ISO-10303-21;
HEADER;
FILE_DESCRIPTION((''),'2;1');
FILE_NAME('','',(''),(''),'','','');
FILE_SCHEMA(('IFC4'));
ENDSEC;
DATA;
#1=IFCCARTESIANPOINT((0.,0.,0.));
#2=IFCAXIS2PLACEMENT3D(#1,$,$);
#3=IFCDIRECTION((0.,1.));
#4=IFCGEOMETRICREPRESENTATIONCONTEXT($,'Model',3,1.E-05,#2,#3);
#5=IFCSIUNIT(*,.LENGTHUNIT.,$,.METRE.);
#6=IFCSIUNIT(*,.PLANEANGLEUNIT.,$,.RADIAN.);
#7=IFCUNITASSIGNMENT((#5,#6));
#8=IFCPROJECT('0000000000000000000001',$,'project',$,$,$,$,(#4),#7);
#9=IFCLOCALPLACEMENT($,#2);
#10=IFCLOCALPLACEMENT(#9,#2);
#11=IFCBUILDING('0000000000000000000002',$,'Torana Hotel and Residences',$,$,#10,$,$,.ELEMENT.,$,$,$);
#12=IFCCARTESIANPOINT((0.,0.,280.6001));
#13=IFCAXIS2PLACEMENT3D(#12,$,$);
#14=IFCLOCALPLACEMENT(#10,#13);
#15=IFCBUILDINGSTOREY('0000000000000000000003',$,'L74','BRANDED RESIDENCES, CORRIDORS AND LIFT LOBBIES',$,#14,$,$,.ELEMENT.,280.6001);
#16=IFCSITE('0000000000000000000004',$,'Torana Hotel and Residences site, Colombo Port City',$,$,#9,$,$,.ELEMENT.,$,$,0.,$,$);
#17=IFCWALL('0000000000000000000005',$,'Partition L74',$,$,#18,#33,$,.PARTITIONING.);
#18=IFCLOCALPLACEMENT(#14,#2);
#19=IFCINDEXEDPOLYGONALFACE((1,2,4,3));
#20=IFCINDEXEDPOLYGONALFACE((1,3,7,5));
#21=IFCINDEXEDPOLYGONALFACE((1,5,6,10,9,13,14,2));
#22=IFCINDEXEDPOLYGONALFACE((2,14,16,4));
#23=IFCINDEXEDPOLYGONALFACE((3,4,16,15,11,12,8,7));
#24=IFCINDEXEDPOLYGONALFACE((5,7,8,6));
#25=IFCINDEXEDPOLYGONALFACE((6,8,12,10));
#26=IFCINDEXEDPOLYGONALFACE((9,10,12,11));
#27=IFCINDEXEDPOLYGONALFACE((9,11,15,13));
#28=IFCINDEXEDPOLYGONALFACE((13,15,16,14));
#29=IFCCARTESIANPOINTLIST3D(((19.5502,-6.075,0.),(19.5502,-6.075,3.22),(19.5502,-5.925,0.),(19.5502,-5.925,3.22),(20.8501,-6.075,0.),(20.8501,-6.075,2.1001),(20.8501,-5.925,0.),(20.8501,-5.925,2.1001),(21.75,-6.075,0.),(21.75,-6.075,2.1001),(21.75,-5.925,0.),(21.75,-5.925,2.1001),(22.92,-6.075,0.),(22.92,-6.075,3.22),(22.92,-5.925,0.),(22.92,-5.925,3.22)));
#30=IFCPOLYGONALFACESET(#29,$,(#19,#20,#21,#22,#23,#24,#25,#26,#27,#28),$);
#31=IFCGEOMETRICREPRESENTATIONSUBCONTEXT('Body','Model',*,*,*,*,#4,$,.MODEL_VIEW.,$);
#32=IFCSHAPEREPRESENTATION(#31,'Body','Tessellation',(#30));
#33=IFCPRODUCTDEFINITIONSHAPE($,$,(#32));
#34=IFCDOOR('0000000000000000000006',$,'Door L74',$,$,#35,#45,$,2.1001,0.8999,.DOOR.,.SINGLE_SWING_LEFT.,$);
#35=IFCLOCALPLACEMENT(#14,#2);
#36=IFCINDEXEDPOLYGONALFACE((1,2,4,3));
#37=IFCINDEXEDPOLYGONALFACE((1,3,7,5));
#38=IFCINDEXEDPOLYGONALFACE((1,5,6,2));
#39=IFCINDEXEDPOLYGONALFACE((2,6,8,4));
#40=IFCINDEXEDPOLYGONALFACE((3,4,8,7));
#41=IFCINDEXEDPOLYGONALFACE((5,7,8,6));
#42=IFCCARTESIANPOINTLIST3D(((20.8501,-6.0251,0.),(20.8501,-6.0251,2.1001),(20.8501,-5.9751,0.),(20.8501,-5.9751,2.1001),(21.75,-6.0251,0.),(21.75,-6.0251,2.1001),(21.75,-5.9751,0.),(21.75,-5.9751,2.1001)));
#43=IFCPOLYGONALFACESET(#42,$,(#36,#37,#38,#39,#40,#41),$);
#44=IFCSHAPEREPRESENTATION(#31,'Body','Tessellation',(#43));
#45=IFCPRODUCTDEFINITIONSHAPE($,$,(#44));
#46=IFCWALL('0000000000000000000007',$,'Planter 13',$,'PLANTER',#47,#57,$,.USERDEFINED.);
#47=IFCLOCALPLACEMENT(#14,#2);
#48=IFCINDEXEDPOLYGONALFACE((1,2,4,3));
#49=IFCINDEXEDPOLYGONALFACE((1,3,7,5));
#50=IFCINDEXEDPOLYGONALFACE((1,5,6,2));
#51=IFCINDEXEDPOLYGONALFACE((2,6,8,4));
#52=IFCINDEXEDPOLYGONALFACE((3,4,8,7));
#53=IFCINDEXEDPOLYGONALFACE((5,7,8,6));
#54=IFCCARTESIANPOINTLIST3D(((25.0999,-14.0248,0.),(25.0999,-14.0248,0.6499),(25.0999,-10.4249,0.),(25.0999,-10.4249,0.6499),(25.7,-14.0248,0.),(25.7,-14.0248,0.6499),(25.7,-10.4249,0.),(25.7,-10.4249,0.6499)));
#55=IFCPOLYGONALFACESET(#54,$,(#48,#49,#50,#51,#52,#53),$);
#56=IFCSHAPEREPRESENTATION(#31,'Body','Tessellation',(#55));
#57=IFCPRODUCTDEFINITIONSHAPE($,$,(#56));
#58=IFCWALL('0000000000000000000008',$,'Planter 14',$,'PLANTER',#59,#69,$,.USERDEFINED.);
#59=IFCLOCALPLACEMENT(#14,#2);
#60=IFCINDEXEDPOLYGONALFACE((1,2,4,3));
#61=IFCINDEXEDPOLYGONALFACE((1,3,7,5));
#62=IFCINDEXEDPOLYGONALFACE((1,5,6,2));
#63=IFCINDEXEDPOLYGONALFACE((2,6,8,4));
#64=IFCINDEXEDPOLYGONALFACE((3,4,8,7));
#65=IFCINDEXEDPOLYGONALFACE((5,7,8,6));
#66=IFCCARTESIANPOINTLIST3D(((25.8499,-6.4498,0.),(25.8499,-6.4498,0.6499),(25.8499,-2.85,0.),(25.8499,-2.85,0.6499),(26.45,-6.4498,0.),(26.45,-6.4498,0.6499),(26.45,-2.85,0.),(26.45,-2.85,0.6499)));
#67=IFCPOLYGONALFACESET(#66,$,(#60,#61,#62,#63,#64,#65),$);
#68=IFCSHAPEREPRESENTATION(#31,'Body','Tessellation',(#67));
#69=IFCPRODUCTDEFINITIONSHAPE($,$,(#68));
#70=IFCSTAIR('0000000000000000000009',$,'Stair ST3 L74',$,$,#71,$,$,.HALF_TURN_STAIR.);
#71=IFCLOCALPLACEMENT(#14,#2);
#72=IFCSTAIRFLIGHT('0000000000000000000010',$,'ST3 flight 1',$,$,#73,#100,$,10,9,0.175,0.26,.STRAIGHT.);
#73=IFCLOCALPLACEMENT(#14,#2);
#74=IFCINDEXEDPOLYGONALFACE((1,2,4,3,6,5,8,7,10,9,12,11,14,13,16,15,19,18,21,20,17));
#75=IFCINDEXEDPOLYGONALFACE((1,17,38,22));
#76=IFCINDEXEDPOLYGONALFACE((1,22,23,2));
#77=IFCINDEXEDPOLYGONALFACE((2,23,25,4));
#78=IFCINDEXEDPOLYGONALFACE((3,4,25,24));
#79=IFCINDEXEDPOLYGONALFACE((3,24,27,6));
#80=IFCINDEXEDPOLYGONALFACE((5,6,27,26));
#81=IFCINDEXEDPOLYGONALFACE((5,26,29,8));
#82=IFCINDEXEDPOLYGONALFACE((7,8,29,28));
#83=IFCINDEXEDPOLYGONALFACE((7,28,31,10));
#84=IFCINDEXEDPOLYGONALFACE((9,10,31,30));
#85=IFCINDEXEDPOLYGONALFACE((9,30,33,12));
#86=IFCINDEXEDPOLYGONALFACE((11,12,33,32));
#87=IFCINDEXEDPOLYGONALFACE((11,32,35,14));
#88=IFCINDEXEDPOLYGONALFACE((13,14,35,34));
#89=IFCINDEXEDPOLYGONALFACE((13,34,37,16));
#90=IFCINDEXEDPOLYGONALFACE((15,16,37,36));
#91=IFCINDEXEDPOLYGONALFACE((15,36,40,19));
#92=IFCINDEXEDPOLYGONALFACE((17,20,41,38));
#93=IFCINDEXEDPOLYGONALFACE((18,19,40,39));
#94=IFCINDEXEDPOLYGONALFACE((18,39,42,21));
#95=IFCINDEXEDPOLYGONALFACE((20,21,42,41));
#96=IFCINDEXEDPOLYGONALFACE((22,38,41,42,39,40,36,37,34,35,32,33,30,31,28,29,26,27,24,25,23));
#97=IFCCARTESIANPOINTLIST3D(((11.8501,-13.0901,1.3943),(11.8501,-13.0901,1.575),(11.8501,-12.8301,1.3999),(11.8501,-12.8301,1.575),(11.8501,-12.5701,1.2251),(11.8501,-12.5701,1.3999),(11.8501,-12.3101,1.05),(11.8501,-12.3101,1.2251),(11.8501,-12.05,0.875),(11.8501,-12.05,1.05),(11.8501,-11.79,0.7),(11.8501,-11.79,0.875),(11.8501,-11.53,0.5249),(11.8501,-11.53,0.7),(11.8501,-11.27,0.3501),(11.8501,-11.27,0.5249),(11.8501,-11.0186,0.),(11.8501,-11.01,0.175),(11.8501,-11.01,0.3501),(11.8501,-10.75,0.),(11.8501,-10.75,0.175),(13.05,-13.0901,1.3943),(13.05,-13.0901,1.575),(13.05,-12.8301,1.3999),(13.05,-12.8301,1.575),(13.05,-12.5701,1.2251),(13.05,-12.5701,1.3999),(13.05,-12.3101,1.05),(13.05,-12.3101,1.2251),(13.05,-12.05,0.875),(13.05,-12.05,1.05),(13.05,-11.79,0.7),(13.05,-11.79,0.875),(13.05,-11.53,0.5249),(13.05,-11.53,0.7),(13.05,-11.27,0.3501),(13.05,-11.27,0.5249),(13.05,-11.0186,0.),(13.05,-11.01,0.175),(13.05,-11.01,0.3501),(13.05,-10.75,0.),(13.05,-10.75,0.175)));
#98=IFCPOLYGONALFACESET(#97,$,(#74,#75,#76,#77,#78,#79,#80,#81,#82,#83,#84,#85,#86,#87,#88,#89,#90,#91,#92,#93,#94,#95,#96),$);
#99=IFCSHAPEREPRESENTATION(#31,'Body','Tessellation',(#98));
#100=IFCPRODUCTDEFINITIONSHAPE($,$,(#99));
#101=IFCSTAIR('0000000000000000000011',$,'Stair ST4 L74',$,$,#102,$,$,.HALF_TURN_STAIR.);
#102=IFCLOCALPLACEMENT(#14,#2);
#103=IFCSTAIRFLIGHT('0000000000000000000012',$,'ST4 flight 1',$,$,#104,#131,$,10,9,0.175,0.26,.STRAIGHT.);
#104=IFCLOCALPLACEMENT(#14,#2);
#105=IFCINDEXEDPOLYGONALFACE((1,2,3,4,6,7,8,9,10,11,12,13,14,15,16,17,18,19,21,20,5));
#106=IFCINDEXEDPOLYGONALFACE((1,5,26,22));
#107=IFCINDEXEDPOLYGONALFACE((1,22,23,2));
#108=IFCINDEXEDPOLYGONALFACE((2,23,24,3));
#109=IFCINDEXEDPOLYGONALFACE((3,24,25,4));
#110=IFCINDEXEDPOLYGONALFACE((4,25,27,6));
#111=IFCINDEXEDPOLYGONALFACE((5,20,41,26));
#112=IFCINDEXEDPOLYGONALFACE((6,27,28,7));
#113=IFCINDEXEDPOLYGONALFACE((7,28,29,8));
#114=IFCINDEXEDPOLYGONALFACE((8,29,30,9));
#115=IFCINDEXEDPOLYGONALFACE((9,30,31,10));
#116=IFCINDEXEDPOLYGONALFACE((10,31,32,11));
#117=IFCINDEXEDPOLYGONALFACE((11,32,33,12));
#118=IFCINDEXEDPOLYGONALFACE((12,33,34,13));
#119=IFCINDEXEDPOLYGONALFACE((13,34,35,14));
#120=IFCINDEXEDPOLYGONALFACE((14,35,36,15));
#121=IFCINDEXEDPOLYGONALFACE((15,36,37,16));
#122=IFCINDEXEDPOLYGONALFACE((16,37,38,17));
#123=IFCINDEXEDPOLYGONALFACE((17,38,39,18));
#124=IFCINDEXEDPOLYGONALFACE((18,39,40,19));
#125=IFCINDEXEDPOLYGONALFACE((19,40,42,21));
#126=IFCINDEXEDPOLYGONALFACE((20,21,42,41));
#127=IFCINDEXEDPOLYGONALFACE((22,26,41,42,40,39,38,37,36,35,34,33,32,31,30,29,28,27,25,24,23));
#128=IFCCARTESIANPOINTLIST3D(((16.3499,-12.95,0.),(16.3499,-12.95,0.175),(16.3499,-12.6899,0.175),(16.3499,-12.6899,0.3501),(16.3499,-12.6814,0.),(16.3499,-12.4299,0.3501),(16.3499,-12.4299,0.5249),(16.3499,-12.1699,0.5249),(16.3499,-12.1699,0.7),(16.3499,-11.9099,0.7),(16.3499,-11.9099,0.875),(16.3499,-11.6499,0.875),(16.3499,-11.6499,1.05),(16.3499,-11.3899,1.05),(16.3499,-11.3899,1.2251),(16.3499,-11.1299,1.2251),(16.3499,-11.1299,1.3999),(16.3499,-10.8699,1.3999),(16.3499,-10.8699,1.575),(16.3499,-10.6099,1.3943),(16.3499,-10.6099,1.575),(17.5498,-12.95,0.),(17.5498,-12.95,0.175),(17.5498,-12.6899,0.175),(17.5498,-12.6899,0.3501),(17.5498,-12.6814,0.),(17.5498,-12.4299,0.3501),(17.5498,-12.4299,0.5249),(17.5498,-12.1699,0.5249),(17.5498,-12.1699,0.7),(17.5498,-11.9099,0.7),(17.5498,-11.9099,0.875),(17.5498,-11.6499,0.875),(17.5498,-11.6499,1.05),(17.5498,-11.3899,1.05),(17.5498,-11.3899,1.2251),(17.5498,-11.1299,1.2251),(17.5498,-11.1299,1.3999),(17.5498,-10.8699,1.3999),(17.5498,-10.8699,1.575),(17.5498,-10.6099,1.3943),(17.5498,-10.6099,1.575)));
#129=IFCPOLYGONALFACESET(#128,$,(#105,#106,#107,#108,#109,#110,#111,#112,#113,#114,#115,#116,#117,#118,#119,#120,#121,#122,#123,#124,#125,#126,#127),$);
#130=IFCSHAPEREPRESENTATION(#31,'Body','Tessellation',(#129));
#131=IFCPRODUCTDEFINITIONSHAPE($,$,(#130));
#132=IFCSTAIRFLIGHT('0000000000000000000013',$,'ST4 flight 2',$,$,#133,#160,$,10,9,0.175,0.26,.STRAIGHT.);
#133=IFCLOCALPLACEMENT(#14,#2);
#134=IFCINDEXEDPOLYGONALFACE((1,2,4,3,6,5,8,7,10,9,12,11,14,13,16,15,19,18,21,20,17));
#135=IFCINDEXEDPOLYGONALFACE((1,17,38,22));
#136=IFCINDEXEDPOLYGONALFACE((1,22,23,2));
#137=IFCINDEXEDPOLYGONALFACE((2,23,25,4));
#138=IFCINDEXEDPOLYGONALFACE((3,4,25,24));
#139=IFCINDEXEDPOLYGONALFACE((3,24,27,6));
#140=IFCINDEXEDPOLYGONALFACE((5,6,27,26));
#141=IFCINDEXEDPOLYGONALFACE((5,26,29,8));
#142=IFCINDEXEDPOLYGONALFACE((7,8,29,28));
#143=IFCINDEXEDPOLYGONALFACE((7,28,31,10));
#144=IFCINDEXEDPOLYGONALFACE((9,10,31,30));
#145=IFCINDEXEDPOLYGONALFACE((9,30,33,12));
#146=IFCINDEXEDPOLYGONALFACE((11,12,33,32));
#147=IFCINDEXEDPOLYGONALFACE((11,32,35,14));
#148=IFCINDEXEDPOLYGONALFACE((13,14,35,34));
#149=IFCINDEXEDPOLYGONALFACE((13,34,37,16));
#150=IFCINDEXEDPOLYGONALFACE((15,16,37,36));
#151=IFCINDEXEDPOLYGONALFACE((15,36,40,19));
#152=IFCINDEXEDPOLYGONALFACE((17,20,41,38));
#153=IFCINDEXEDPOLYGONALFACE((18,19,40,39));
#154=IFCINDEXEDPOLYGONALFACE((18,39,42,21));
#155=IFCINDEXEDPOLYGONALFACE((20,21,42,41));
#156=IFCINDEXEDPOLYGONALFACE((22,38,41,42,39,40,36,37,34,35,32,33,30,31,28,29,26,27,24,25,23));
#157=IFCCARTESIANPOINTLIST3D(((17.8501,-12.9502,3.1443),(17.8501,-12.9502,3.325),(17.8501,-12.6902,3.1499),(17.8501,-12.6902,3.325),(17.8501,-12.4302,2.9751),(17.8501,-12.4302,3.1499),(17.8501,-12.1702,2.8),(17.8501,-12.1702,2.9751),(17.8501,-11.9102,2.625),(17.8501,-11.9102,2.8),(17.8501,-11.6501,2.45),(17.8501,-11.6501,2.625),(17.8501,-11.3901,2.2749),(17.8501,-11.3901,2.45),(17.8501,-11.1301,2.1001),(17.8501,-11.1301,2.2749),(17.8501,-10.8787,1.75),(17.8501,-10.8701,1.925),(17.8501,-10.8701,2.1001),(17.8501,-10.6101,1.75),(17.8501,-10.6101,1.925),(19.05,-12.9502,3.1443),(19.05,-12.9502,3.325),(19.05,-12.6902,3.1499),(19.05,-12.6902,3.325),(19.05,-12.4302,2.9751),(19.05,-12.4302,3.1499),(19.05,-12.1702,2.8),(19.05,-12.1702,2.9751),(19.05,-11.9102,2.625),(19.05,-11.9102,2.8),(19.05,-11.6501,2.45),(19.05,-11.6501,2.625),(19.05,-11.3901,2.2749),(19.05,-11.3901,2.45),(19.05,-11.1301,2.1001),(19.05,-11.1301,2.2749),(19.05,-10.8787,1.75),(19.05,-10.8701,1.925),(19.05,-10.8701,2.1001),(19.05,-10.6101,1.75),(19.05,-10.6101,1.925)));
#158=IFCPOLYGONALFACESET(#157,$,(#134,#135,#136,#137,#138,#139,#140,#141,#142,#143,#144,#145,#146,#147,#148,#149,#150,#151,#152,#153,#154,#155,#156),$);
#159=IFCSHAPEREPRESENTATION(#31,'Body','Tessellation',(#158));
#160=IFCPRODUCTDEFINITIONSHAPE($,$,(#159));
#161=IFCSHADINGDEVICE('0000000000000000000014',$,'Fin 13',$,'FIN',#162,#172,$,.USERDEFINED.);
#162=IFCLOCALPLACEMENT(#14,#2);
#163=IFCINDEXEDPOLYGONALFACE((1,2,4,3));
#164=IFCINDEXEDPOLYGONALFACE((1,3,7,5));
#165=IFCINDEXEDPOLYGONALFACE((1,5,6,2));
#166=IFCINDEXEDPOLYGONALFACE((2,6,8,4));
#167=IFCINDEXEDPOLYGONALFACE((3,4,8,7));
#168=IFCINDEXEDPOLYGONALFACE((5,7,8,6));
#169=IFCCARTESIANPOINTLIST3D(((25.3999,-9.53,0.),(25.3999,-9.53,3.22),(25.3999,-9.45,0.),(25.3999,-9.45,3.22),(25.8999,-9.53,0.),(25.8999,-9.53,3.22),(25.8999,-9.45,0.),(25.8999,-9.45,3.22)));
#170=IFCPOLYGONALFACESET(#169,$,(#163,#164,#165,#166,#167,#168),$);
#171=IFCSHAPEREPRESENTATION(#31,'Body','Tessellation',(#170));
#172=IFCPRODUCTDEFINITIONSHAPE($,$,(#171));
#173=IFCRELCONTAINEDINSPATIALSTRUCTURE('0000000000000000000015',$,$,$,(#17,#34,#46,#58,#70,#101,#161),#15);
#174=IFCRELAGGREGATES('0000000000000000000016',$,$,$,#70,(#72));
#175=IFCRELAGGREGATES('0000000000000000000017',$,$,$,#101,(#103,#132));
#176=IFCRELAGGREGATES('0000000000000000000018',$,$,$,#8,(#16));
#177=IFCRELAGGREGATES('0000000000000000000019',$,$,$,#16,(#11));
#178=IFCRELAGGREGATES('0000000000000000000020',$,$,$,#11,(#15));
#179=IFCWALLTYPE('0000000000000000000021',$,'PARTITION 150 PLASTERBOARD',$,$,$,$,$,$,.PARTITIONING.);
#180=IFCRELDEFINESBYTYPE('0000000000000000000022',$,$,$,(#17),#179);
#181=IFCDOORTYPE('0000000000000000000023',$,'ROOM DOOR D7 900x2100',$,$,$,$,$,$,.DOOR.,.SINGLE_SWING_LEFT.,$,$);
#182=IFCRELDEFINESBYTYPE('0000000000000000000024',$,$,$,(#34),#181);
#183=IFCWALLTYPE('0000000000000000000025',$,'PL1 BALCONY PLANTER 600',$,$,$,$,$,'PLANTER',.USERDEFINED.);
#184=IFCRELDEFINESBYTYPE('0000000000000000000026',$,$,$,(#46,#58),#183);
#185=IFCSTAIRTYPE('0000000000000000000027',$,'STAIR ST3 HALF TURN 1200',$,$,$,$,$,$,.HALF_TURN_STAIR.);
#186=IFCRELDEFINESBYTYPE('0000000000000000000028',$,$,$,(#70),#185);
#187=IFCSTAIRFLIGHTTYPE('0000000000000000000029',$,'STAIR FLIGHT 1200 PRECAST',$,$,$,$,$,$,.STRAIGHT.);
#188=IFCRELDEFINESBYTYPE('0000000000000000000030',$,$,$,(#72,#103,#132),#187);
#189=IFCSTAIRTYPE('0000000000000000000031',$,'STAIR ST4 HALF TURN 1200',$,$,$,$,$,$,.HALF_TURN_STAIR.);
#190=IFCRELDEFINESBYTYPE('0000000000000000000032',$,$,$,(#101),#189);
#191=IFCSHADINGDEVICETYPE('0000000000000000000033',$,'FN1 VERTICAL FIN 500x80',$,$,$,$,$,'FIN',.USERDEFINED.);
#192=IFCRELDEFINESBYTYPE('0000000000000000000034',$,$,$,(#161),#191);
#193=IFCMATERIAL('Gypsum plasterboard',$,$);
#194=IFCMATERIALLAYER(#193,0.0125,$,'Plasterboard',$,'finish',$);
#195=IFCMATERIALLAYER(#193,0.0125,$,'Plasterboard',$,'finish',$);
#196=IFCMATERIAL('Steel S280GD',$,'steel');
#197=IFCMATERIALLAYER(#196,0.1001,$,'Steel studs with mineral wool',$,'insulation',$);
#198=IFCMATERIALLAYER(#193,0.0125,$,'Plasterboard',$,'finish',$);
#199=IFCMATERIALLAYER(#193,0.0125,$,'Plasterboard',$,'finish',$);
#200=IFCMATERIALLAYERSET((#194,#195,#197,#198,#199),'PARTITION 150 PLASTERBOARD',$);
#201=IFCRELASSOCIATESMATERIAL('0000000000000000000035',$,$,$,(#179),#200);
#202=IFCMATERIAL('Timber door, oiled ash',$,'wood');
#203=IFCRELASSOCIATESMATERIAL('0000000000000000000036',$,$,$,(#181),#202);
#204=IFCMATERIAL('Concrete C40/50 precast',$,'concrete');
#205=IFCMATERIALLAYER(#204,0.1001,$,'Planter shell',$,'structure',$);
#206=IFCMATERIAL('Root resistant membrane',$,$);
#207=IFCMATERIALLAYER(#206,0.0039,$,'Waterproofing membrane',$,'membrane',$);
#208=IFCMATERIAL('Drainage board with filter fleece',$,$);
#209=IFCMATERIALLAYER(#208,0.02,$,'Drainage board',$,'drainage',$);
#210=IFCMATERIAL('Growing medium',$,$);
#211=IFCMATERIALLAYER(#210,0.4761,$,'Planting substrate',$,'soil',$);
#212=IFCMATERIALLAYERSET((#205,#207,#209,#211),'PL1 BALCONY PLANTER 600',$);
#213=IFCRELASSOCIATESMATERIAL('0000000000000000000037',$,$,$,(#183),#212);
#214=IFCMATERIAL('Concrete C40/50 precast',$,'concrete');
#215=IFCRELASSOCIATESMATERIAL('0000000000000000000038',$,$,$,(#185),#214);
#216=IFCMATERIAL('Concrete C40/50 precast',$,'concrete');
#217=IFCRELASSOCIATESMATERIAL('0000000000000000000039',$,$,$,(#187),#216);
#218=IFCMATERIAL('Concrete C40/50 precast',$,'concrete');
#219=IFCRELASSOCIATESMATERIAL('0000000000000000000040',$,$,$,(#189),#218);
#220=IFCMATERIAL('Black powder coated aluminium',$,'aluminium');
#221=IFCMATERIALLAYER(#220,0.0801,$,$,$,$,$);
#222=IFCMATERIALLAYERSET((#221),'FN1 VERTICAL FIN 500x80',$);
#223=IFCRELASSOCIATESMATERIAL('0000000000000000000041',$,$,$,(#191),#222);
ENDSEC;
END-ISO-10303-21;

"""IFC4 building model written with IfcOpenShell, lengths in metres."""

from ifc_helpers import new_model, si_unit, direction, frame, frame_2d, origin, origin_2d, place, context, subcontext, project, spatial, polyline, rectangle, outline, extrude, material, layer, layer_set, type_object, element, fill, aggregate, save


model = new_model("IFC4")

# Units and contexts
model_context = context("Model", 3, precision=1e-05, world=origin(), true_north=direction((0.0, 1.0)))
body_context = subcontext(model_context, "Body", "Model", "MODEL_VIEW")
ifc_project = project(units=[si_unit("LENGTHUNIT", "METRE"), si_unit("PLANEANGLEUNIT", "RADIAN")], contexts=[model_context])

# Site, building, storey
site_placement = place(None, origin())
site = spatial("IfcSite", under=ifc_project, at=site_placement, Name="Torana Hotel and Residences site, Colombo Port City", CompositionType="ELEMENT", RefElevation=0.0)
building_placement = place(site_placement, origin())
building = spatial("IfcBuilding", under=site, at=building_placement, Name="Torana Hotel and Residences", CompositionType="ELEMENT")
storey_placement = place(building_placement, frame((0.0, 0.0, 280.6001)))
storey = spatial("IfcBuildingStorey", under=building, at=storey_placement, Name="L74", Description="BRANDED RESIDENCES, CORRIDORS AND LIFT LOBBIES", CompositionType="ELEMENT", Elevation=280.6001)

# Shared definitions
ifc_material_1 = material(Name="Steel S280GD", Category="steel")

# Shared definitions
ifc_material_2 = material(Name="Concrete C40/50 precast", Category="concrete")

# Shared definitions
ifc_material_3 = material(Name="Gypsum plasterboard")
ifc_layer_1 = layer(ifc_material_3, 0.0125, Name="Plasterboard", Category="finish")
ifc_layer_2 = layer(ifc_material_3, 0.0125, Name="Plasterboard", Category="finish")
ifc_layer_3 = layer(ifc_material_1, 0.1001, Name="Steel studs with mineral wool", Category="insulation")
ifc_layer_4 = layer(ifc_material_3, 0.0125, Name="Plasterboard", Category="finish")
ifc_layer_5 = layer(ifc_material_3, 0.0125, Name="Plasterboard", Category="finish")
ifc_layer_set_1 = layer_set([ifc_layer_1, ifc_layer_2, ifc_layer_3, ifc_layer_4, ifc_layer_5], Name="PARTITION 150 PLASTERBOARD")
wall_type_1 = type_object("IfcWallType", Name="PARTITION 150 PLASTERBOARD", PredefinedType="PARTITIONING", material=ifc_layer_set_1)

# Wall, opening, door
wall_1_placement = place(storey_placement, frame((19.55, -6.0, 0.0), z_axis=(0.0, 0.0, 1.0), x_axis=(1.0, 0.0, 0.0)))
wall_1 = element("IfcWall", 1, at=wall_1_placement, inside=storey, type_object=wall_type_1, Name="Partition L74", PredefinedType="PARTITIONING", context=body_context, shape_type="SweptSolid", body=[
    extrude(rectangle(XDim=3.3699, YDim=0.1499, at=frame_2d((1.6851, 0.0))), origin(), (0.0, 0.0, 1.0), 3.22),
])
opening_1_placement = place(wall_1_placement, frame((1.3, 0.0, 0.0)))
opening_1 = element("IfcOpeningElement", 2, at=opening_1_placement, cuts=wall_1, PredefinedType="OPENING", context=body_context, shape_type="SweptSolid", body=[
    extrude(rectangle(XDim=0.8999, YDim=2.1001, at=frame_2d((0.45, 1.05))), frame((0.0, 0.085, 0.0), z_axis=(0.0, -1.0, 0.0), x_axis=(1.0, 0.0, 0.0)), (0.0, 0.0, 1.0), 0.1699),
])
ifc_material_4 = material(Name="Timber door, oiled ash", Category="wood")
door_type = type_object("IfcDoorType", Name="ROOM DOOR D7 900x2100", OperationType="SINGLE_SWING_LEFT", PredefinedType="DOOR", material=ifc_material_4)
door_placement = place(opening_1_placement, origin())
door = element("IfcDoor", 3, at=door_placement, inside=storey, type_object=door_type, Name="Door L74", OperationType="SINGLE_SWING_LEFT", OverallHeight=2.1001, OverallWidth=0.8999, PredefinedType="DOOR", context=body_context, shape_type="SweptSolid", body=[
    extrude(rectangle(XDim=0.8999, YDim=2.1001, at=frame_2d((0.45, 1.05))), frame((0.0, 0.0249, 0.0), z_axis=(0.0, -1.0, 0.0), x_axis=(1.0, 0.0, 0.0)), (0.0, 0.0, 1.0), 0.05),
])
fill(opening_1, door)

# Walls
ifc_layer_6 = layer(ifc_material_2, 0.1001, Name="Planter shell", Category="structure")
ifc_material_5 = material(Name="Root resistant membrane")
ifc_layer_7 = layer(ifc_material_5, 0.0039, Name="Waterproofing membrane", Category="membrane")
ifc_material_6 = material(Name="Drainage board with filter fleece")
ifc_layer_8 = layer(ifc_material_6, 0.02, Name="Drainage board", Category="drainage")
ifc_material_7 = material(Name="Growing medium")
ifc_layer_9 = layer(ifc_material_7, 0.4761, Name="Planting substrate", Category="soil")
ifc_layer_set_2 = layer_set([ifc_layer_6, ifc_layer_7, ifc_layer_8, ifc_layer_9], Name="PL1 BALCONY PLANTER 600")
wall_type_2 = type_object("IfcWallType", Name="PL1 BALCONY PLANTER 600", ElementType="PLANTER", PredefinedType="USERDEFINED", material=ifc_layer_set_2)
for number, where, z_axis, x_axis, name in (
    (4, (25.3999, -10.425, 0.0), (0.0, 0.0, 1.0), (0.0, -1.0, 0.0), "Planter 13"),
    (5, (26.1499, -2.8501, 0.0), (0.0, 0.0, 1.0), (0.0, -1.0, 0.0), "Planter 14"),
):
    element("IfcWall", number, at=place(storey_placement, frame(where, z_axis=z_axis, x_axis=x_axis)), inside=storey, type_object=wall_type_2, Name=name, ObjectType="PLANTER", PredefinedType="USERDEFINED", context=body_context, shape_type="SweptSolid", body=[
        extrude(rectangle(XDim=3.5999, YDim=0.6001, at=frame_2d((1.7998, 0.0))), origin(), (0.0, 0.0, 1.0), 0.6499),
    ])

# Stair, stair flight
ifc_material_8 = material(Name="Concrete C40/50 precast", Category="concrete")
stair_type_1 = type_object("IfcStairType", Name="STAIR ST3 HALF TURN 1200", PredefinedType="HALF_TURN_STAIR", material=ifc_material_8)
stair_1_placement = place(storey_placement, origin())
stair_1 = element("IfcStair", 6, at=stair_1_placement, inside=storey, type_object=stair_type_1, Name="Stair ST3 L74", PredefinedType="HALF_TURN_STAIR")
ifc_material_9 = material(Name="Concrete C40/50 precast", Category="concrete")
stair_flight_type = type_object("IfcStairFlightType", Name="STAIR FLIGHT 1200 PRECAST", PredefinedType="STRAIGHT", material=ifc_material_9)
stair_flight_1_placement = place(storey_placement, frame((12.45, -10.75, 0.0), z_axis=(0.0, 0.0, 1.0), x_axis=(0.0, -1.0, 0.0)))
stair_flight_1 = element("IfcStairFlight", 7, at=stair_flight_1_placement, type_object=stair_flight_type, Name="ST3 flight 1", NumberOfRisers=10, NumberOfTreads=9, PredefinedType="STRAIGHT", RiserHeight=0.175, TreadLength=0.26, context=body_context, shape_type="SweptSolid", body=[
    extrude(outline(polyline([(0.0, 0.0), (0.0, 0.175), (0.26, 0.175), (0.26, 0.3501), (0.52, 0.3501), (0.52, 0.5249), (0.78, 0.5249), (0.78, 0.7), (1.04, 0.7), (1.04, 0.875), (1.3, 0.875), (1.3, 1.05), (1.5601, 1.05), (1.5601, 1.2251), (1.8201, 1.2251), (1.8201, 1.3999), (2.0801, 1.3999), (2.0801, 1.575), (2.3401, 1.575), (2.3401, 1.75), (2.3401, 1.3943), (0.2686, 0.0), (0.0, 0.0)])), frame((0.0, 0.6001, 0.0), z_axis=(0.0, -1.0, 0.0), x_axis=(1.0, 0.0, 0.0)), (0.0, 0.0, 1.0), 1.2),
])
aggregate(stair_1, [stair_flight_1])

# Stair, stair flights
ifc_material_10 = material(Name="Concrete C40/50 precast", Category="concrete")
stair_type_2 = type_object("IfcStairType", Name="STAIR ST4 HALF TURN 1200", PredefinedType="HALF_TURN_STAIR", material=ifc_material_10)
stair_2_placement = place(storey_placement, origin())
stair_2 = element("IfcStair", 8, at=stair_2_placement, inside=storey, type_object=stair_type_2, Name="Stair ST4 L74", PredefinedType="HALF_TURN_STAIR")
stair_flight_2_placement = place(storey_placement, frame((16.95, -12.95, 0.0), z_axis=(0.0, 0.0, 1.0), x_axis=(0.0, 1.0, 0.0)))
stair_flight_2 = element("IfcStairFlight", 9, at=stair_flight_2_placement, type_object=stair_flight_type, Name="ST4 flight 1", NumberOfRisers=10, NumberOfTreads=9, PredefinedType="STRAIGHT", RiserHeight=0.175, TreadLength=0.26, context=body_context, shape_type="SweptSolid", body=[
    extrude(outline(polyline([(0.0, 0.0), (0.0, 0.175), (0.26, 0.175), (0.26, 0.3501), (0.52, 0.3501), (0.52, 0.5249), (0.78, 0.5249), (0.78, 0.7), (1.04, 0.7), (1.04, 0.875), (1.3, 0.875), (1.3, 1.05), (1.5601, 1.05), (1.5601, 1.2251), (1.8201, 1.2251), (1.8201, 1.3999), (2.0801, 1.3999), (2.0801, 1.575), (2.3401, 1.575), (2.3401, 1.75), (2.3401, 1.3943), (0.2686, 0.0), (0.0, 0.0)])), frame((0.0, 0.6001, 0.0), z_axis=(0.0, -1.0, 0.0), x_axis=(1.0, 0.0, 0.0)), (0.0, 0.0, 1.0), 1.2),
])
stair_flight_3_placement = place(storey_placement, frame((18.45, -10.6101, 1.75), z_axis=(0.0, 0.0, 1.0), x_axis=(0.0, -1.0, 0.0)))
stair_flight_3 = element("IfcStairFlight", 10, at=stair_flight_3_placement, type_object=stair_flight_type, Name="ST4 flight 2", NumberOfRisers=10, NumberOfTreads=9, PredefinedType="STRAIGHT", RiserHeight=0.175, TreadLength=0.26, context=body_context, shape_type="SweptSolid", body=[
    extrude(outline(polyline([(0.0, 0.0), (0.0, 0.175), (0.26, 0.175), (0.26, 0.3501), (0.52, 0.3501), (0.52, 0.5249), (0.78, 0.5249), (0.78, 0.7), (1.04, 0.7), (1.04, 0.875), (1.3, 0.875), (1.3, 1.05), (1.5601, 1.05), (1.5601, 1.2251), (1.8201, 1.2251), (1.8201, 1.3999), (2.0801, 1.3999), (2.0801, 1.575), (2.3401, 1.575), (2.3401, 1.75), (2.3401, 1.3943), (0.2686, 0.0), (0.0, 0.0)])), frame((0.0, 0.6001, 0.0), z_axis=(0.0, -1.0, 0.0), x_axis=(1.0, 0.0, 0.0)), (0.0, 0.0, 1.0), 1.2),
])
aggregate(stair_2, [stair_flight_2, stair_flight_3])

# Shading device
ifc_material_11 = material(Name="Black powder coated aluminium", Category="aluminium")
ifc_layer_10 = layer(ifc_material_11, 0.0801)
ifc_layer_set_3 = layer_set([ifc_layer_10], Name="FN1 VERTICAL FIN 500x80")
shading_device_type_1 = type_object("IfcShadingDeviceType", Name="FN1 VERTICAL FIN 500x80", ElementType="FIN", PredefinedType="USERDEFINED", material=ifc_layer_set_3)
shading_device_1_placement = place(storey_placement, frame((25.6499, -9.49, 0.0), z_axis=(0.0, 0.0, 1.0), x_axis=(0.0, -1.0, 0.0)))
element("IfcShadingDevice", 11, at=shading_device_1_placement, inside=storey, type_object=shading_device_type_1, Name="Fin 13", ObjectType="FIN", PredefinedType="USERDEFINED", context=body_context, shape_type="SweptSolid", body=[
    extrude(rectangle(XDim=0.0801, YDim=0.5, at=origin_2d()), origin(), (0.0, 0.0, 1.0), 3.22),
])

save(model, "model.ifc")
